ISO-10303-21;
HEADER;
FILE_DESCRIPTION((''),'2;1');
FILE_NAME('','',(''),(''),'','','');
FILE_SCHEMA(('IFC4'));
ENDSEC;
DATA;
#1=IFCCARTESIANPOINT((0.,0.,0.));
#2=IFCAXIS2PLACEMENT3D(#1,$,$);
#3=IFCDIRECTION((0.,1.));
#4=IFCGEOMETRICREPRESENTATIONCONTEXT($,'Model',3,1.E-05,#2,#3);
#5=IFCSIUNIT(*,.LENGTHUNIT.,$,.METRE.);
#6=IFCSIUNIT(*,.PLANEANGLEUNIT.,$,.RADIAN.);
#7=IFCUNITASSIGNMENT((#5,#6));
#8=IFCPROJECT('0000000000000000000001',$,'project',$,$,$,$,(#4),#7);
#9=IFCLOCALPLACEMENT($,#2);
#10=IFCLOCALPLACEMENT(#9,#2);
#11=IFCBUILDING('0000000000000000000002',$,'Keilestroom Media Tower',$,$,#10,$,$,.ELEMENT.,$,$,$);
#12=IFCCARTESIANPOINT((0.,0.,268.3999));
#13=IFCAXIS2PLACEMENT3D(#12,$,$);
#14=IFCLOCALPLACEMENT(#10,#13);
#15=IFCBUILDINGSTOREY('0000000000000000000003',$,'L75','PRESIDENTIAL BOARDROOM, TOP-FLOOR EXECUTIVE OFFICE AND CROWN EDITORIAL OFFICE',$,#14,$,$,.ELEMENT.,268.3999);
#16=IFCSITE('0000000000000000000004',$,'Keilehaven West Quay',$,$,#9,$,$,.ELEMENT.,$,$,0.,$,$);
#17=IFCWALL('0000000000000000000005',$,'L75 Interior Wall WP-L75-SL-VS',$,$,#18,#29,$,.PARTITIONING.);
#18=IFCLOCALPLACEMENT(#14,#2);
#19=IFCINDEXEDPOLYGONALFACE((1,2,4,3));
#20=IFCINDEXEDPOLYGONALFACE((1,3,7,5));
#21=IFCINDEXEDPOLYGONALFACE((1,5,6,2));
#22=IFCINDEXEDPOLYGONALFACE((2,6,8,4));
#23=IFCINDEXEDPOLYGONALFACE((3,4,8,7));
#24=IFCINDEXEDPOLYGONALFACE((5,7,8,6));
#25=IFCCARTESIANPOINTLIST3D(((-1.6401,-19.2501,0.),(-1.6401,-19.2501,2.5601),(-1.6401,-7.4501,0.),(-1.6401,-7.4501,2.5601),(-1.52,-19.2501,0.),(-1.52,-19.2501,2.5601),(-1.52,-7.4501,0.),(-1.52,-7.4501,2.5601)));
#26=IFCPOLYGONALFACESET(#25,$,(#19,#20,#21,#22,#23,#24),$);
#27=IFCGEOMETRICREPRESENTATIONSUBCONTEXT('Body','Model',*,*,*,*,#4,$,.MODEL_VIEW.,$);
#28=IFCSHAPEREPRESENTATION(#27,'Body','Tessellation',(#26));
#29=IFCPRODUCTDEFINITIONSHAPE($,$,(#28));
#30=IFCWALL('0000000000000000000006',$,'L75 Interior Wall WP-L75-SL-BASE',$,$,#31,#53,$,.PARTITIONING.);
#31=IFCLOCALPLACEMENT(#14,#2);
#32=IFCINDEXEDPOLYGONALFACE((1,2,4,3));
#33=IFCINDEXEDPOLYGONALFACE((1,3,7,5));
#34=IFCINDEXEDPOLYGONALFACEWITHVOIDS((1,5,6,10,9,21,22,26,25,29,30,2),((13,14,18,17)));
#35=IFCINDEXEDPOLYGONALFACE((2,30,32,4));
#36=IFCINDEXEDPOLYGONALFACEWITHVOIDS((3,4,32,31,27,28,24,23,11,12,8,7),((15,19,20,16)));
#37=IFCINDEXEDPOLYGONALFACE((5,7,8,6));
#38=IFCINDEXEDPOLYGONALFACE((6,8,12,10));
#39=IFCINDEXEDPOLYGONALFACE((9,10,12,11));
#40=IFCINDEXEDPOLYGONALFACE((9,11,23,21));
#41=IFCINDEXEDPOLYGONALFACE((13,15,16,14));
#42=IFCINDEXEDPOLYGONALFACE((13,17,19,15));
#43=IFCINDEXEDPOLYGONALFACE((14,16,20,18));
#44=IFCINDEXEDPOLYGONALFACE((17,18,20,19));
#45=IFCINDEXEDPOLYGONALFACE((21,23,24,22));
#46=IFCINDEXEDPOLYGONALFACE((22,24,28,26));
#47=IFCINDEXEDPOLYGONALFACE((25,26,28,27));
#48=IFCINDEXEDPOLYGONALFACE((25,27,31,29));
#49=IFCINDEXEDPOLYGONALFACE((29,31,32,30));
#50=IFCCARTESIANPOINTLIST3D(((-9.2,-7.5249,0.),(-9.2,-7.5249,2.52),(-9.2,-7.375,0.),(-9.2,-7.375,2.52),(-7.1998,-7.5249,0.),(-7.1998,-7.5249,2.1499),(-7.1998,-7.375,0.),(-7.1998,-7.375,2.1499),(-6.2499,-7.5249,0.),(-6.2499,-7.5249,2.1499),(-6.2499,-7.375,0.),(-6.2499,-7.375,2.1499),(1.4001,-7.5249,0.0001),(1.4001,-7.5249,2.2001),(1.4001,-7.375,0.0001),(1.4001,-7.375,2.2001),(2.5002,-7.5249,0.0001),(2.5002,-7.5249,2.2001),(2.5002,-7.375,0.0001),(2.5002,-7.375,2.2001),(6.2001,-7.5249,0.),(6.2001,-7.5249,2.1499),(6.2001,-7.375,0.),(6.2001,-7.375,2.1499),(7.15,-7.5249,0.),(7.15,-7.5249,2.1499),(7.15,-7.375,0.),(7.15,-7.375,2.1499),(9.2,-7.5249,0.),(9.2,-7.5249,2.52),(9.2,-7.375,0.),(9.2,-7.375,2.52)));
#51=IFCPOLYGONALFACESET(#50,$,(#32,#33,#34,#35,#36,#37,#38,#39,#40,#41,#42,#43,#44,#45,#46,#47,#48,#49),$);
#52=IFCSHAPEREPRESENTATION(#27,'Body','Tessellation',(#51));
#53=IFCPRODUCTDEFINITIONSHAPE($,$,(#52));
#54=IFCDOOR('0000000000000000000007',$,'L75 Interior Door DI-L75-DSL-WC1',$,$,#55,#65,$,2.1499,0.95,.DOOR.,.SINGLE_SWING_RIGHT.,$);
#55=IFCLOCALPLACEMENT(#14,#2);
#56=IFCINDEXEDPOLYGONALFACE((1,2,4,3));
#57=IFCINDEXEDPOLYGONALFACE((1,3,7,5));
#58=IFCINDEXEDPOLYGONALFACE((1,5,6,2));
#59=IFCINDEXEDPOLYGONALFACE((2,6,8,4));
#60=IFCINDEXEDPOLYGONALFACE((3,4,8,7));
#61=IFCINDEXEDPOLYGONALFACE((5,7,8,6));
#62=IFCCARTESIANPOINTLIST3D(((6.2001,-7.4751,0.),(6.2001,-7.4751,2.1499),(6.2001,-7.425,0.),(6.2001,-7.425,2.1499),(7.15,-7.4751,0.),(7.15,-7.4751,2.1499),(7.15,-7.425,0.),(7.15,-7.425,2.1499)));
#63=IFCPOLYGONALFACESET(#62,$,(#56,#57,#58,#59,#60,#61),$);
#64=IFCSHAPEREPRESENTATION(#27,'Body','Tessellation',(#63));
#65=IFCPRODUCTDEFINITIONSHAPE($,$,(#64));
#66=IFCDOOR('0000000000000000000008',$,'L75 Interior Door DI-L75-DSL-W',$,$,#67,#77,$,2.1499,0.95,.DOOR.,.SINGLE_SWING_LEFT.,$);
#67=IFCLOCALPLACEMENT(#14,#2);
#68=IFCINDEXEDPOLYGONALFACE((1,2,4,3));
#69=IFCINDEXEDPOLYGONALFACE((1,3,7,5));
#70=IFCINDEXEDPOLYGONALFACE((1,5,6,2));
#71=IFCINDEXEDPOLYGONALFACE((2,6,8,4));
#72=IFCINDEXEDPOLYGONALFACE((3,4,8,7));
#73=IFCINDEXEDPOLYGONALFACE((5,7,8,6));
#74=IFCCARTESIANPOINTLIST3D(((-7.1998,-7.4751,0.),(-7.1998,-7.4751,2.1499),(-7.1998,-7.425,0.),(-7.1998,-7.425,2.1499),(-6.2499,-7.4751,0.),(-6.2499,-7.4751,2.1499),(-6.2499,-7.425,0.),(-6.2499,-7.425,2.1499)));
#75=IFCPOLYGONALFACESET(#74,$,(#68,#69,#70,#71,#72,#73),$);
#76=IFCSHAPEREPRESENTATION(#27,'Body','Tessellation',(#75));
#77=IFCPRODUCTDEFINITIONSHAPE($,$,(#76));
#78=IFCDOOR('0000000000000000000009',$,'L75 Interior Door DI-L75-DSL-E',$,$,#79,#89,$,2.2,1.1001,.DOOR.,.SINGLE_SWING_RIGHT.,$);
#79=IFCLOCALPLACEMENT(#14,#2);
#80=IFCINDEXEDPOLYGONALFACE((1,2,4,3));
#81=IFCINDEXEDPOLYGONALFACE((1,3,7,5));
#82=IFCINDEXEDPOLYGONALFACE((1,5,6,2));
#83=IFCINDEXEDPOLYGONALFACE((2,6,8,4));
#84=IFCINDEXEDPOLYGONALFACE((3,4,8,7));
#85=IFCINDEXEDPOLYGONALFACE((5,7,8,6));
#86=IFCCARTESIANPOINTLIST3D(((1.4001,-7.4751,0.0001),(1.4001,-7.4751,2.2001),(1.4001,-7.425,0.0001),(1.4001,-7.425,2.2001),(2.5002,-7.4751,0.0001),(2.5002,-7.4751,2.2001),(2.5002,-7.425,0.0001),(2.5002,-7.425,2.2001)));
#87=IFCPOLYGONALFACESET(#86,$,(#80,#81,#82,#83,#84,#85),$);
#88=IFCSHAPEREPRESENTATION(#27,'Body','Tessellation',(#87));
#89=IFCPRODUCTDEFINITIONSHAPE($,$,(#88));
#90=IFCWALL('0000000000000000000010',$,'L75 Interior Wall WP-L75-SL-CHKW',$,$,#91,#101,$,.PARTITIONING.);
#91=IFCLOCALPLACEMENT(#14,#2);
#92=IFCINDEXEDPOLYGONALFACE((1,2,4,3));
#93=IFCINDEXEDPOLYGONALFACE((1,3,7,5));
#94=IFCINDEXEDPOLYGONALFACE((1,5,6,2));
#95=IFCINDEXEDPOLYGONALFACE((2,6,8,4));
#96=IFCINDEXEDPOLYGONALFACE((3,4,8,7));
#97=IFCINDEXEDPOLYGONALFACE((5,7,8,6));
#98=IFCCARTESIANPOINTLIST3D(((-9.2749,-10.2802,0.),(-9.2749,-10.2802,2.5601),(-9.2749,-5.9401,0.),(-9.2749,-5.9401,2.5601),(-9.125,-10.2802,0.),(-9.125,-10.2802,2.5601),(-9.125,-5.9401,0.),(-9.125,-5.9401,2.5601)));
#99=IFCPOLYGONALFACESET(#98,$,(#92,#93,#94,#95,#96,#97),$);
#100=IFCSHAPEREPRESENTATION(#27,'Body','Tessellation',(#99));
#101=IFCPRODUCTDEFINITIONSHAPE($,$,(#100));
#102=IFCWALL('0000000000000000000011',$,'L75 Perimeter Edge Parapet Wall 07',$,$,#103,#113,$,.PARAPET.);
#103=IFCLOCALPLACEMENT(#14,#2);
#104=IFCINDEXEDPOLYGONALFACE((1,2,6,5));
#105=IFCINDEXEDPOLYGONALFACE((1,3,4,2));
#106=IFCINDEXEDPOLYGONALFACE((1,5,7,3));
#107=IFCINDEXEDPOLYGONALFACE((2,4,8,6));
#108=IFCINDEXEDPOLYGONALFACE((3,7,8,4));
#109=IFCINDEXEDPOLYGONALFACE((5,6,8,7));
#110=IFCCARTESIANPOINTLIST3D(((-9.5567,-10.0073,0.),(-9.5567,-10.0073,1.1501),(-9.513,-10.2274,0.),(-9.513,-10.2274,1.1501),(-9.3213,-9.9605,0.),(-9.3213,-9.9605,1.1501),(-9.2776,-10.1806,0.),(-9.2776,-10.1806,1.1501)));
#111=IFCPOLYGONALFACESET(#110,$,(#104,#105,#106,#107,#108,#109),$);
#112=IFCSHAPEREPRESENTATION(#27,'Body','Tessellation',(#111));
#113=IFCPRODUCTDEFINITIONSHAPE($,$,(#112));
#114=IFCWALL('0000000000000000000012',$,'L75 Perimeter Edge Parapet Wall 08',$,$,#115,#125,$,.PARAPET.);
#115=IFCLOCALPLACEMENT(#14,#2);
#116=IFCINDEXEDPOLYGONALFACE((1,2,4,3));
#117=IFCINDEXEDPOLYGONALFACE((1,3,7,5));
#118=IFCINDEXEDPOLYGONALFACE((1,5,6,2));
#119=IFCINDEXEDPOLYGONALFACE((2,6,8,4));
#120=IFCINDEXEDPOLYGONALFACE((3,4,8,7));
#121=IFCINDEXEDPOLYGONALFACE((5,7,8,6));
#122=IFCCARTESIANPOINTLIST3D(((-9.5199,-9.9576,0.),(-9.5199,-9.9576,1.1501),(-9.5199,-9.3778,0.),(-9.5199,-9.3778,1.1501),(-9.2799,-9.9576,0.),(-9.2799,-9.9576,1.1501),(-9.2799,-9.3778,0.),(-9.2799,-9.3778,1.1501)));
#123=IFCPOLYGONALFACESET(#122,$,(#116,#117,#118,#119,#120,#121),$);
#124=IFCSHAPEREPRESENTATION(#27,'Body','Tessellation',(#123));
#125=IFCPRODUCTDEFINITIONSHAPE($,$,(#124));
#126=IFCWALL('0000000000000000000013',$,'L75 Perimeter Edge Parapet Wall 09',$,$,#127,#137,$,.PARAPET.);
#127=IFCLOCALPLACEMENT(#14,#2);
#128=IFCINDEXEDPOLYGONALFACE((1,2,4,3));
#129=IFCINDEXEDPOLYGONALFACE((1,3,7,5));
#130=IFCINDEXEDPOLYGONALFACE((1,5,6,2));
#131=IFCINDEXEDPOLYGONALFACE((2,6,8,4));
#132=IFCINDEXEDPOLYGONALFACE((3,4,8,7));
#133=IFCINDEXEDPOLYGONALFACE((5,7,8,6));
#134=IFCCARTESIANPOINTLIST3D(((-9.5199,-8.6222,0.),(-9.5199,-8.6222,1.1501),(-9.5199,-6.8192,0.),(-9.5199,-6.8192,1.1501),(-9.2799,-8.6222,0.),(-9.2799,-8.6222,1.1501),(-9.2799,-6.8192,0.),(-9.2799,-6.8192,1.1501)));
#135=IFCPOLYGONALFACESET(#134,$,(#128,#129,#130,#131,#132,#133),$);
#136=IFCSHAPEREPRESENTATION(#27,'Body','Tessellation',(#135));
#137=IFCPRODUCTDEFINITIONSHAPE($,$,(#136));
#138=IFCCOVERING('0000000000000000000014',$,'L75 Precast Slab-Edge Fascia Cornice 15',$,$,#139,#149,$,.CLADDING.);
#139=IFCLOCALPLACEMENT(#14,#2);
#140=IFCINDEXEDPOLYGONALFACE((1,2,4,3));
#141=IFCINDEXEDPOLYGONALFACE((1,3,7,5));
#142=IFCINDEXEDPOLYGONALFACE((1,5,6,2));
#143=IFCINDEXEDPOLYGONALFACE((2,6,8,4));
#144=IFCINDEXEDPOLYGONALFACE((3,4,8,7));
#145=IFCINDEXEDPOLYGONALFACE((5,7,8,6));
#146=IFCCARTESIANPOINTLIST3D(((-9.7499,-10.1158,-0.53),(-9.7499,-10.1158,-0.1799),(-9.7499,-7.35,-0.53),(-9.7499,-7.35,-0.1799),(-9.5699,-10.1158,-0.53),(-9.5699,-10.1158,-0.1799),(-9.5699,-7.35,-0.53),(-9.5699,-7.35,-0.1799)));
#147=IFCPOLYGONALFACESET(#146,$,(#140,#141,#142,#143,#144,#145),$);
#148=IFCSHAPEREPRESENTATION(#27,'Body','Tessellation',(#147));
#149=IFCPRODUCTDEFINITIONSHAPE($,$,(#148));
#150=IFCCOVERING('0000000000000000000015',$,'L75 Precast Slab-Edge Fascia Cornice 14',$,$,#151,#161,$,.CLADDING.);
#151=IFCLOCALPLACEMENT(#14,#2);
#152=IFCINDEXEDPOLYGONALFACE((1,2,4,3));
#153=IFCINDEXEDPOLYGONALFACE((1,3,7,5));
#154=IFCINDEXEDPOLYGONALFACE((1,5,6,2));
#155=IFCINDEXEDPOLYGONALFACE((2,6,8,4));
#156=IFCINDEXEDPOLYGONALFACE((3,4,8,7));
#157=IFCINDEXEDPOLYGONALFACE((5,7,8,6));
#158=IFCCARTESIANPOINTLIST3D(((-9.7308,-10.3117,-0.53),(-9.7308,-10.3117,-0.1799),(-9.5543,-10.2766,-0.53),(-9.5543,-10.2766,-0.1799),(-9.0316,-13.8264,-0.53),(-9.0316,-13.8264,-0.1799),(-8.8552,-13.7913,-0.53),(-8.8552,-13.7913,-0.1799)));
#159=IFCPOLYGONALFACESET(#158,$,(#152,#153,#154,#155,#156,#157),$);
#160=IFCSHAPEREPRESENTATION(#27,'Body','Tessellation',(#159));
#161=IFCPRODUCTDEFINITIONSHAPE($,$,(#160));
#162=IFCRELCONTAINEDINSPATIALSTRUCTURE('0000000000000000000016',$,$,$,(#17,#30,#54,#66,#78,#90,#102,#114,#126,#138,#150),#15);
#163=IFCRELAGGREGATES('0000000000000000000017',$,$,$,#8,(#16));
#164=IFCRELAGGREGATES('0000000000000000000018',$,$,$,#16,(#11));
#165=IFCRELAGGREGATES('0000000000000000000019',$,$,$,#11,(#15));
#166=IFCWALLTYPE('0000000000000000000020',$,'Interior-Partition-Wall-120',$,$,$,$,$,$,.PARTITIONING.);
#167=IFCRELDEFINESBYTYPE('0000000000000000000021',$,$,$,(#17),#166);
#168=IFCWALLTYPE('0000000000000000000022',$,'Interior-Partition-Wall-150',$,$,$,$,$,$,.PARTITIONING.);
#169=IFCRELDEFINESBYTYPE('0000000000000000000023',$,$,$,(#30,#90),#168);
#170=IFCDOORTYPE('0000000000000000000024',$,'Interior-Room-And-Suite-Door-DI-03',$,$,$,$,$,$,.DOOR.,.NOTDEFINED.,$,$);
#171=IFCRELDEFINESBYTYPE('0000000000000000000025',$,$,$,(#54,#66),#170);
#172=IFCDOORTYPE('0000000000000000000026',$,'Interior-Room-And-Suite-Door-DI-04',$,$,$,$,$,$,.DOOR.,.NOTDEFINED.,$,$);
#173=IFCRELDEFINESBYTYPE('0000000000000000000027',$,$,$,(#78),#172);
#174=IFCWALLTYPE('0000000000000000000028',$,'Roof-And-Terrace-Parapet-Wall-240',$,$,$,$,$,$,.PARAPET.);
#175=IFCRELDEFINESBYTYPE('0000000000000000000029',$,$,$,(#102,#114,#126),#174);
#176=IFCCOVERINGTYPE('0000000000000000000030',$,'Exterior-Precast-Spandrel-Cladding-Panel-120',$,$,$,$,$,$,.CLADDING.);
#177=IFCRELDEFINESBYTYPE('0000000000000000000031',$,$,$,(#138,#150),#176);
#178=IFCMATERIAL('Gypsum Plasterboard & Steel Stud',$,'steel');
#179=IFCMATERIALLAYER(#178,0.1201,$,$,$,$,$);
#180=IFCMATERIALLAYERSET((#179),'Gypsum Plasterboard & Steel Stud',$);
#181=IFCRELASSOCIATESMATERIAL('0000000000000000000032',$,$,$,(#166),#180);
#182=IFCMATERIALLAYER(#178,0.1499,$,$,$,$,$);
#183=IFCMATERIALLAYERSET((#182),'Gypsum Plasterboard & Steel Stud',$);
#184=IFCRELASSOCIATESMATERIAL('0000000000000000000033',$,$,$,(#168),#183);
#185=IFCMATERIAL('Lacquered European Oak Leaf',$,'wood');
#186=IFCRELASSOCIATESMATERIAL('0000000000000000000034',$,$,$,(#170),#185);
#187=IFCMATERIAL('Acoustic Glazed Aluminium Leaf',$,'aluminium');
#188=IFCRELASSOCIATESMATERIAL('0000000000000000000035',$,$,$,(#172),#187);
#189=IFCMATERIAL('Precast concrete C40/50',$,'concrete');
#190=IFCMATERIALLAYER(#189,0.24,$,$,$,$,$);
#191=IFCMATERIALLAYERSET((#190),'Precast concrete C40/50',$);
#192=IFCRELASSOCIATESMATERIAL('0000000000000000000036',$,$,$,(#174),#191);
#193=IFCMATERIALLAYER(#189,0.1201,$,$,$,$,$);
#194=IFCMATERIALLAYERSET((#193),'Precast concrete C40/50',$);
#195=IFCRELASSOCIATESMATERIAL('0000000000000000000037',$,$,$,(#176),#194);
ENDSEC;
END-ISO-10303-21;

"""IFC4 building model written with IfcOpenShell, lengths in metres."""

from ifc_helpers import new_model, si_unit, direction, frame, frame_2d, origin, origin_2d, place, context, subcontext, project, spatial, rectangle, extrude, source, transform, mapped, material, layer, layer_set, type_object, element, fill, save


model = new_model("IFC4")

# Units and contexts
model_context = context("Model", 3, precision=1e-05, world=origin(), true_north=direction((0.0, 1.0)))
body_context = subcontext(model_context, "Body", "Model", "MODEL_VIEW")
ifc_project = project(units=[si_unit("LENGTHUNIT", "METRE"), si_unit("PLANEANGLEUNIT", "RADIAN")], contexts=[model_context])

# Site, building, storey
site_placement = place(None, origin())
site = spatial("IfcSite", under=ifc_project, at=site_placement, Name="Keilehaven West Quay", CompositionType="ELEMENT", RefElevation=0.0)
building_placement = place(site_placement, origin())
building = spatial("IfcBuilding", under=site, at=building_placement, Name="Keilestroom Media Tower", CompositionType="ELEMENT")
storey_placement = place(building_placement, frame((0.0, 0.0, 268.3999)))
storey = spatial("IfcBuildingStorey", under=building, at=storey_placement, Name="L75", Description="PRESIDENTIAL BOARDROOM, TOP-FLOOR EXECUTIVE OFFICE AND CROWN EDITORIAL OFFICE", CompositionType="ELEMENT", Elevation=268.3999)

# Wall
ifc_material_1 = material(Name="Precast concrete C40/50", Category="concrete")
ifc_material_2 = material(Name="Gypsum Plasterboard & Steel Stud", Category="steel")
ifc_layer_1 = layer(ifc_material_2, 0.1201)
ifc_layer_set_1 = layer_set([ifc_layer_1], Name="Gypsum Plasterboard & Steel Stud")
wall_type_1 = type_object("IfcWallType", Name="Interior-Partition-Wall-120", PredefinedType="PARTITIONING", material=ifc_layer_set_1)
wall_1_placement = place(storey_placement, frame((-1.5801, -19.25, 0.0), z_axis=(0.0, 0.0, 1.0), x_axis=(0.0, 1.0, 0.0)))
element("IfcWall", 1, at=wall_1_placement, inside=storey, type_object=wall_type_1, Name="L75 Interior Wall WP-L75-SL-VS", PredefinedType="PARTITIONING", context=body_context, shape_type="SweptSolid", body=[
    extrude(rectangle(XDim=11.8, YDim=0.1201, at=frame_2d((5.8999, 0.0))), origin(), (0.0, 0.0, 1.0), 2.5601),
])

# Wall, openings, doors
ifc_layer_2 = layer(ifc_material_2, 0.1499)
ifc_layer_set_2 = layer_set([ifc_layer_2], Name="Gypsum Plasterboard & Steel Stud")
wall_type_2 = type_object("IfcWallType", Name="Interior-Partition-Wall-150", PredefinedType="PARTITIONING", material=ifc_layer_set_2)
wall_2_placement = place(storey_placement, frame((-9.2, -7.45, 0.0), z_axis=(0.0, 0.0, 1.0), x_axis=(1.0, 0.0, 0.0)))
wall_2 = element("IfcWall", 2, at=wall_2_placement, inside=storey, type_object=wall_type_2, Name="L75 Interior Wall WP-L75-SL-BASE", PredefinedType="PARTITIONING", context=body_context, shape_type="SweptSolid", body=[
    extrude(rectangle(XDim=18.3999, YDim=0.1499, at=frame_2d((9.2, 0.0))), origin(), (0.0, 0.0, 1.0), 2.52),
])
opening_1_placement = place(wall_2_placement, frame((15.3999, 0.0, 0.0)))
opening_1 = element("IfcOpeningElement", 3, at=opening_1_placement, cuts=wall_2, PredefinedType="OPENING", context=body_context, shape_type="SweptSolid", body=[
    extrude(rectangle(XDim=0.95, YDim=2.1499, at=frame_2d((0.4751, 1.075))), frame((0.0, 0.085, 0.0), z_axis=(0.0, -1.0, 0.0), x_axis=(1.0, 0.0, 0.0)), (0.0, 0.0, 1.0), 0.1699),
])
opening_2_placement = place(wall_2_placement, frame((2.0, 0.0, 0.0)))
opening_2 = element("IfcOpeningElement", 4, at=opening_2_placement, cuts=wall_2, PredefinedType="OPENING", context=body_context, shape_type="SweptSolid", body=[
    extrude(rectangle(XDim=0.95, YDim=2.1499, at=frame_2d((0.4751, 1.075))), frame((0.0, 0.085, 0.0), z_axis=(0.0, -1.0, 0.0), x_axis=(1.0, 0.0, 0.0)), (0.0, 0.0, 1.0), 0.1699),
])
opening_3_placement = place(wall_2_placement, frame((10.6001, 0.0, 0.0)))
opening_3 = element("IfcOpeningElement", 5, at=opening_3_placement, cuts=wall_2, PredefinedType="OPENING", context=body_context, shape_type="SweptSolid", body=[
    extrude(rectangle(XDim=1.1001, YDim=2.2, at=frame_2d((0.55, 1.1001))), frame((0.0, 0.085, 0.0), z_axis=(0.0, -1.0, 0.0), x_axis=(1.0, 0.0, 0.0)), (0.0, 0.0, 1.0), 0.1699),
])
ifc_material_3 = material(Name="Lacquered European Oak Leaf", Category="wood")
door_type_1 = type_object("IfcDoorType", Name="Interior-Room-And-Suite-Door-DI-03", OperationType="NOTDEFINED", PredefinedType="DOOR", material=ifc_material_3)
shared_shape_1 = source(origin(), body_context, "Body", "SweptSolid", [
    extrude(rectangle(XDim=0.95, YDim=2.1499, at=frame_2d((0.4751, 1.075))), frame((0.0, 0.0249, 0.0), z_axis=(0.0, -1.0, 0.0), x_axis=(1.0, 0.0, 0.0)), (0.0, 0.0, 1.0), 0.05),
])
door_1_placement = place(opening_1_placement, origin())
door_1 = element("IfcDoor", 6, at=door_1_placement, inside=storey, type_object=door_type_1, Name="L75 Interior Door DI-L75-DSL-WC1", OperationType="SINGLE_SWING_RIGHT", OverallHeight=2.1499, OverallWidth=0.95, PredefinedType="DOOR", context=body_context, shape_type="MappedRepresentation", body=[
    mapped(shared_shape_1, transform((0.0, 0.0, 0.0), x_axis=(1.0, 0.0, 0.0), y_axis=(0.0, 1.0, 0.0), z_axis=(0.0, 0.0, 1.0), scale=1.0)),
])
fill(opening_1, door_1)
door_2_placement = place(opening_2_placement, origin())
door_2 = element("IfcDoor", 7, at=door_2_placement, inside=storey, type_object=door_type_1, Name="L75 Interior Door DI-L75-DSL-W", OperationType="SINGLE_SWING_LEFT", OverallHeight=2.1499, OverallWidth=0.95, PredefinedType="DOOR", context=body_context, shape_type="MappedRepresentation", body=[
    mapped(shared_shape_1, transform((0.0, 0.0, 0.0), x_axis=(1.0, 0.0, 0.0), y_axis=(0.0, 1.0, 0.0), z_axis=(0.0, 0.0, 1.0), scale=1.0)),
])
fill(opening_2, door_2)
ifc_material_4 = material(Name="Acoustic Glazed Aluminium Leaf", Category="aluminium")
door_type_2 = type_object("IfcDoorType", Name="Interior-Room-And-Suite-Door-DI-04", OperationType="NOTDEFINED", PredefinedType="DOOR", material=ifc_material_4)
shared_shape_2 = source(origin(), body_context, "Body", "SweptSolid", [
    extrude(rectangle(XDim=1.1001, YDim=2.2, at=frame_2d((0.55, 1.1001))), frame((0.0, 0.0249, 0.0), z_axis=(0.0, -1.0, 0.0), x_axis=(1.0, 0.0, 0.0)), (0.0, 0.0, 1.0), 0.05),
])
door_3_placement = place(opening_3_placement, origin())
door_3 = element("IfcDoor", 8, at=door_3_placement, inside=storey, type_object=door_type_2, Name="L75 Interior Door DI-L75-DSL-E", OperationType="SINGLE_SWING_RIGHT", OverallHeight=2.2, OverallWidth=1.1001, PredefinedType="DOOR", context=body_context, shape_type="MappedRepresentation", body=[
    mapped(shared_shape_2, transform((0.0, 0.0, 0.0), x_axis=(1.0, 0.0, 0.0), y_axis=(0.0, 1.0, 0.0), z_axis=(0.0, 0.0, 1.0), scale=1.0)),
])
fill(opening_3, door_3)

# Walls
wall_3_placement = place(storey_placement, frame((-9.2, -10.28, 0.0), z_axis=(0.0, 0.0, 1.0), x_axis=(0.0, 1.0, 0.0)))
element("IfcWall", 9, at=wall_3_placement, inside=storey, type_object=wall_type_2, Name="L75 Interior Wall WP-L75-SL-CHKW", PredefinedType="PARTITIONING", context=body_context, shape_type="SweptSolid", body=[
    extrude(rectangle(XDim=4.3401, YDim=0.1499, at=frame_2d((2.1699, 0.0))), origin(), (0.0, 0.0, 1.0), 2.5601),
])
ifc_layer_3 = layer(ifc_material_1, 0.24)
ifc_layer_set_3 = layer_set([ifc_layer_3], Name="Precast concrete C40/50")
wall_type_3 = type_object("IfcWallType", Name="Roof-And-Terrace-Parapet-Wall-240", PredefinedType="PARAPET", material=ifc_layer_set_3)
wall_4_placement = place(storey_placement, frame((-9.3953, -10.2041, 0.0), z_axis=(0.0, 0.0, 1.0), x_axis=(-0.19486, 0.980831, 0.0)))
element("IfcWall", 10, at=wall_4_placement, inside=storey, type_object=wall_type_3, Name="L75 Perimeter Edge Parapet Wall 07", PredefinedType="PARAPET", context=body_context, shape_type="SweptSolid", body=[
    extrude(rectangle(XDim=0.2244, YDim=0.24, at=frame_2d((0.1123, 0.0))), origin(), (0.0, 0.0, 1.0), 1.1501),
])
wall_5_placement = place(storey_placement, frame((-9.3999, -9.9578, 0.0), z_axis=(0.0, 0.0, 1.0), x_axis=(0.0, 1.0, 0.0)))
element("IfcWall", 11, at=wall_5_placement, inside=storey, type_object=wall_type_3, Name="L75 Perimeter Edge Parapet Wall 08", PredefinedType="PARAPET", context=body_context, shape_type="SweptSolid", body=[
    extrude(rectangle(XDim=0.5798, YDim=0.24, at=frame_2d((0.29, 0.0))), origin(), (0.0, 0.0, 1.0), 1.1501),
])
wall_6_placement = place(storey_placement, frame((-9.3999, -8.6221, 0.0), z_axis=(0.0, 0.0, 1.0), x_axis=(0.0, 1.0, 0.0)))
element("IfcWall", 12, at=wall_6_placement, inside=storey, type_object=wall_type_3, Name="L75 Perimeter Edge Parapet Wall 09", PredefinedType="PARAPET", context=body_context, shape_type="SweptSolid", body=[
    extrude(rectangle(XDim=1.803, YDim=0.24, at=frame_2d((0.9014, 0.0))), origin(), (0.0, 0.0, 1.0), 1.1501),
])

# Coverings
ifc_layer_4 = layer(ifc_material_1, 0.1201)
ifc_layer_set_4 = layer_set([ifc_layer_4], Name="Precast concrete C40/50")
covering_type = type_object("IfcCoveringType", Name="Exterior-Precast-Spandrel-Cladding-Panel-120", PredefinedType="CLADDING", material=ifc_layer_set_4)
shared_shape_3 = source(origin(), body_context, "Body", "SweptSolid", [
    extrude(rectangle(XDim=2.7659, YDim=0.1799, at=origin_2d()), origin(), (0.0, 0.0, 1.0), 0.3501),
])
covering_1_placement = place(storey_placement, frame((-9.6599, -8.7329, -0.53), z_axis=(0.0, 0.0, 1.0), x_axis=(0.0, 1.0, 0.0)))
element("IfcCovering", 13, at=covering_1_placement, inside=storey, type_object=covering_type, Name="L75 Precast Slab-Edge Fascia Cornice 15", PredefinedType="CLADDING", context=body_context, shape_type="MappedRepresentation", body=[
    mapped(shared_shape_3, transform((0.0, 0.0, 0.0), x_axis=(1.0, 0.0, 0.0), y_axis=(0.0, 1.0, 0.0), z_axis=(0.0, 0.0, 1.0), scale=1.0)),
])
shared_shape_4 = source(origin(), body_context, "Body", "SweptSolid", [
    extrude(rectangle(XDim=3.5835, YDim=0.1799, at=origin_2d()), origin(), (0.0, 0.0, 1.0), 0.3501),
])
covering_2_placement = place(storey_placement, frame((-9.293, -12.0515, -0.53), z_axis=(0.0, 0.0, 1.0), x_axis=(-0.195099, 0.980784, 0.0)))
element("IfcCovering", 14, at=covering_2_placement, inside=storey, type_object=covering_type, Name="L75 Precast Slab-Edge Fascia Cornice 14", PredefinedType="CLADDING", context=body_context, shape_type="MappedRepresentation", body=[
    mapped(shared_shape_4, transform((0.0, 0.0, 0.0), x_axis=(1.0, 0.0, 0.0), y_axis=(0.0, 1.0, 0.0), z_axis=(0.0, 0.0, 1.0), scale=1.0)),
])

save(model, "model.ifc")
